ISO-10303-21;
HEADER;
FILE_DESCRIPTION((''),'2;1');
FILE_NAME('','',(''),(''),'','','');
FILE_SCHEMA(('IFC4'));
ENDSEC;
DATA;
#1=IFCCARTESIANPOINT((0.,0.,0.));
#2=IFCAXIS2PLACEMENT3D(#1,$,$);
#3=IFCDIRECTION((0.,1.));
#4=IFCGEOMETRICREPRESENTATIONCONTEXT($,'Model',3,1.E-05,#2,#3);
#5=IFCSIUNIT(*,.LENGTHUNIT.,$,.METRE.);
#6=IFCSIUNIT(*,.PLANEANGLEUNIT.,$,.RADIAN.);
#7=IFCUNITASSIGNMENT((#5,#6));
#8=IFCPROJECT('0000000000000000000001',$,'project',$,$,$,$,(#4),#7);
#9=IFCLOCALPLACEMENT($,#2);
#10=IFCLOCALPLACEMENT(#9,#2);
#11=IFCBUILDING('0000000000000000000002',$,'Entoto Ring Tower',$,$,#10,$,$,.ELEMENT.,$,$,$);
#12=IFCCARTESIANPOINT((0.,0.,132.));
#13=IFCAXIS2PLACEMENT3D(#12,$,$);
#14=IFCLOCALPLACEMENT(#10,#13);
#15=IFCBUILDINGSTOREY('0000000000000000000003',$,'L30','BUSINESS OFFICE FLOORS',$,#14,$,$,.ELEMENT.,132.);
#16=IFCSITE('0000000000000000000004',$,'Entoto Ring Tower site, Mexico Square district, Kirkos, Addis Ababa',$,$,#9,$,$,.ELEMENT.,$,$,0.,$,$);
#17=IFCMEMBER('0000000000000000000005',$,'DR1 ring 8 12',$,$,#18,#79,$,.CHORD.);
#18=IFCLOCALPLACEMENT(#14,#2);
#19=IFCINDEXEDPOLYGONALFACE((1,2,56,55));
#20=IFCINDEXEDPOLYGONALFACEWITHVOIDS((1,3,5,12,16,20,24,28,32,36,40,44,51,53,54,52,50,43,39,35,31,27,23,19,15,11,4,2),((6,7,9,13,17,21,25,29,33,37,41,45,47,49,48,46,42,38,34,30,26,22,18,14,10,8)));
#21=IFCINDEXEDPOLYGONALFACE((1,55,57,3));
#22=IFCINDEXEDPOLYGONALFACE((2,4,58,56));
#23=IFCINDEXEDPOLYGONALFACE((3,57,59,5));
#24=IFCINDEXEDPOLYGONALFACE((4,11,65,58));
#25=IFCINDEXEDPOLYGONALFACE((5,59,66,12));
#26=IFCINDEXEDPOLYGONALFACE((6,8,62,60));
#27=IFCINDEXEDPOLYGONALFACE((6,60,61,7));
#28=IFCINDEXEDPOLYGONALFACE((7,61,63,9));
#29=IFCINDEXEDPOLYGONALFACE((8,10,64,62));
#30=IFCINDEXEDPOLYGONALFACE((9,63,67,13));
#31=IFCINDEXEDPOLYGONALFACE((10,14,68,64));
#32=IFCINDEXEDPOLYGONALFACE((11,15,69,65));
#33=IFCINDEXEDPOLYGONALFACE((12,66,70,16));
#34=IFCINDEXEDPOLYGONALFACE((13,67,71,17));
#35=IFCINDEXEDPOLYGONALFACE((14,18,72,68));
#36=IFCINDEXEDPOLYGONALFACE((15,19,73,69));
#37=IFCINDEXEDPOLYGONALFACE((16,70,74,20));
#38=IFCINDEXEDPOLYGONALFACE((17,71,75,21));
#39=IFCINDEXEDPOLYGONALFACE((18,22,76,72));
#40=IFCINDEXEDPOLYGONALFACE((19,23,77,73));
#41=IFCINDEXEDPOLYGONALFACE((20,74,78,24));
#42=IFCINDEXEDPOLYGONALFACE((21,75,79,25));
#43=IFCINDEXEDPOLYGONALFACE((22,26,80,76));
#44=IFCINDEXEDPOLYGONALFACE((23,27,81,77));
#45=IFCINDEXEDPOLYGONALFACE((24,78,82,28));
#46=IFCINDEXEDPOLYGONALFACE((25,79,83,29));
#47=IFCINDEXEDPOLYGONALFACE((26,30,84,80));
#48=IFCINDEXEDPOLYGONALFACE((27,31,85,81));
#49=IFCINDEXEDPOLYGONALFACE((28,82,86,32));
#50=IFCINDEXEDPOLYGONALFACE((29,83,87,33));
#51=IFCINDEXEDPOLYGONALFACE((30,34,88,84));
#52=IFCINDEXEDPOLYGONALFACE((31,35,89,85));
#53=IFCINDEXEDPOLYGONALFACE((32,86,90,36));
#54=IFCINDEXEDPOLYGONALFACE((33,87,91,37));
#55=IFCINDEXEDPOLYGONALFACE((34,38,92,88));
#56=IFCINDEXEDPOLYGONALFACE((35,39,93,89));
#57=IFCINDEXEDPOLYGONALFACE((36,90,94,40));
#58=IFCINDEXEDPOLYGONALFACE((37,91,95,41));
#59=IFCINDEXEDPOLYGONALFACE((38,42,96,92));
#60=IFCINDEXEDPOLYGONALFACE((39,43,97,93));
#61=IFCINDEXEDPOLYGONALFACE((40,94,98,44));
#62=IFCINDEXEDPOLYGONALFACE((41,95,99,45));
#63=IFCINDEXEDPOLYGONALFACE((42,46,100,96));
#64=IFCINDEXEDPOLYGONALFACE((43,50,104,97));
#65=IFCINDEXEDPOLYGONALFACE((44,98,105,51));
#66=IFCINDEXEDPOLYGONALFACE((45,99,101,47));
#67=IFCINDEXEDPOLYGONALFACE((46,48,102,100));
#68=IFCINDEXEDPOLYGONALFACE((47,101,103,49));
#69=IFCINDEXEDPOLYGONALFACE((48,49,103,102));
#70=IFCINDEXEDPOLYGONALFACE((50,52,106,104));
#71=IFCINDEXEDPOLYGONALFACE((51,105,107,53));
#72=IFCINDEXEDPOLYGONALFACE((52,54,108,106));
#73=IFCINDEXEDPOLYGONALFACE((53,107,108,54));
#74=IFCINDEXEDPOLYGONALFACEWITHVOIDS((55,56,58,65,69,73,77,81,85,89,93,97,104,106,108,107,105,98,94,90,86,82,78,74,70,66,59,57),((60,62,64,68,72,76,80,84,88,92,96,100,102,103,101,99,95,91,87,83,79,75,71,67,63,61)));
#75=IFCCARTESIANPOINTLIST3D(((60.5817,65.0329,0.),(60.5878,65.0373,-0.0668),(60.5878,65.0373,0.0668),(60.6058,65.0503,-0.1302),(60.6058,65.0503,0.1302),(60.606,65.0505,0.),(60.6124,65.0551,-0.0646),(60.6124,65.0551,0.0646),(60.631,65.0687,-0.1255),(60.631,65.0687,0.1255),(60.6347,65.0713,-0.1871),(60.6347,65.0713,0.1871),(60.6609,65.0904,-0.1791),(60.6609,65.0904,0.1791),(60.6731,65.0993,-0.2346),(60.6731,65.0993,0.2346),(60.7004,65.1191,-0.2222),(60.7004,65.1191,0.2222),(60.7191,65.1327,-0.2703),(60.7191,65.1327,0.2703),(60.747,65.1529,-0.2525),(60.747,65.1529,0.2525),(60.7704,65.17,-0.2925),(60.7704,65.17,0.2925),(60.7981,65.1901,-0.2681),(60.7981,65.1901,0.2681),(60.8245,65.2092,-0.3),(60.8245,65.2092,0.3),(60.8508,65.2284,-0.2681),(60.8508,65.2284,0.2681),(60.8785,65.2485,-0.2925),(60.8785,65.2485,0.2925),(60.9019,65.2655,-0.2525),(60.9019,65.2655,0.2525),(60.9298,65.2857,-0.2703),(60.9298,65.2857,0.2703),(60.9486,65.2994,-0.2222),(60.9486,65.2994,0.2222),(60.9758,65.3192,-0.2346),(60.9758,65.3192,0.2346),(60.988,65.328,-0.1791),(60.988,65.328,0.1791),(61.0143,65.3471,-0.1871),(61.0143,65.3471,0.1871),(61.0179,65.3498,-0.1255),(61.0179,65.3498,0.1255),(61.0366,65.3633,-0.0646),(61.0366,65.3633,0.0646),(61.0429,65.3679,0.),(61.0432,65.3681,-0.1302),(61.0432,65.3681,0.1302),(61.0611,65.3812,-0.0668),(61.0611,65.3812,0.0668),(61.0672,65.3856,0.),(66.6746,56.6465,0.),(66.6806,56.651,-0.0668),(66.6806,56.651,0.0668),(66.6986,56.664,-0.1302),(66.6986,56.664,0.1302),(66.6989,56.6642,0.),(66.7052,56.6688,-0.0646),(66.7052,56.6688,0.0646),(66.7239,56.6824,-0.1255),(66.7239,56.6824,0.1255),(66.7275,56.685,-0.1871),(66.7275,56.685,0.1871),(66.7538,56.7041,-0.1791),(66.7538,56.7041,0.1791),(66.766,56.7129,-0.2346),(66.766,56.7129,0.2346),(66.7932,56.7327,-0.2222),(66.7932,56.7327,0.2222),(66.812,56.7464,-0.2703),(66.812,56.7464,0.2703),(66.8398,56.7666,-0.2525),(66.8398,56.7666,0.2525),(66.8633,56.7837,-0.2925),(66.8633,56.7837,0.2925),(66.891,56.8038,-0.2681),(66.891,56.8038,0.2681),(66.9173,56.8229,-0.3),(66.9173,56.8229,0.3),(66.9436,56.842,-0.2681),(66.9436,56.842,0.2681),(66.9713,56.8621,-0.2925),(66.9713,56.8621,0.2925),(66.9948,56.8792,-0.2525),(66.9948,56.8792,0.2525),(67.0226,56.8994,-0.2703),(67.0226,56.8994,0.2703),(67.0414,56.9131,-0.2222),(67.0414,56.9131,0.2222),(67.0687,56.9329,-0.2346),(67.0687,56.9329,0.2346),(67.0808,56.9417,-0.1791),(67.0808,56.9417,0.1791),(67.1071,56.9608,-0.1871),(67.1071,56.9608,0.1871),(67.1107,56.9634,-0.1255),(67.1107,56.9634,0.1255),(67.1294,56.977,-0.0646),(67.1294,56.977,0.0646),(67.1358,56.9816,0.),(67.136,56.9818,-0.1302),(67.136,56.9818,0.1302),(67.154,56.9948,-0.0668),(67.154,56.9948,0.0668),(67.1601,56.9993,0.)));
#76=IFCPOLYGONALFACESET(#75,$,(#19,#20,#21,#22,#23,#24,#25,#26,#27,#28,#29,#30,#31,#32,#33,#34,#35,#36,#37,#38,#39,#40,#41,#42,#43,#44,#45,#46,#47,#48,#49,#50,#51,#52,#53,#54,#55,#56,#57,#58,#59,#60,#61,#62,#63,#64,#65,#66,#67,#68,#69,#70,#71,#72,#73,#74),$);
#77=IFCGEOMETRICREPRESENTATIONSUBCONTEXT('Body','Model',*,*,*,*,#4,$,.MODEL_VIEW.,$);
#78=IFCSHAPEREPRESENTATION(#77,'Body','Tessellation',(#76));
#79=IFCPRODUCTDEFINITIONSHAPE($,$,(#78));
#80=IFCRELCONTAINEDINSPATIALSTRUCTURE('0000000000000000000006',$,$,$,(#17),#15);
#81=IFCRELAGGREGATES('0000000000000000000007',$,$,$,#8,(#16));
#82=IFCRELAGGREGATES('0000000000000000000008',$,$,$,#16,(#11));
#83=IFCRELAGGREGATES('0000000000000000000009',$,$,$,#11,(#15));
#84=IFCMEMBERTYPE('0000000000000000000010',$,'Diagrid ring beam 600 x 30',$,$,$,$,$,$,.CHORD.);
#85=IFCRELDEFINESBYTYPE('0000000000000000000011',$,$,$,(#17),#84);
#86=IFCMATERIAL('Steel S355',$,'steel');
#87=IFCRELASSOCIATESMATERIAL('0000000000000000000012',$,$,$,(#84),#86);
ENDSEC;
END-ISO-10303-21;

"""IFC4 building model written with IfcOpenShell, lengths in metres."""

from ifc_helpers import new_model, si_unit, direction, frame, origin, origin_2d, place, context, subcontext, project, spatial, circle, hollow_circle, extrude, material, material_profile, profile_set, type_object, element, save


model = new_model("IFC4")

# Units and contexts
model_context = context("Model", 3, precision=1e-05, world=origin(), true_north=direction((0.0, 1.0)))
body_context = subcontext(model_context, "Body", "Model", "MODEL_VIEW")
ifc_project = project(units=[si_unit("LENGTHUNIT", "METRE"), si_unit("PLANEANGLEUNIT", "RADIAN")], contexts=[model_context])

# Site, building, storey
site_placement = place(None, origin())
site = spatial("IfcSite", under=ifc_project, at=site_placement, Name="Entoto Ring Tower site, Mexico Square district, Kirkos, Addis Ababa", CompositionType="ELEMENT", RefElevation=0.0)
building_placement = place(site_placement, origin())
building = spatial("IfcBuilding", under=site, at=building_placement, Name="Entoto Ring Tower", CompositionType="ELEMENT")
storey_placement = place(building_placement, frame((0.0, 0.0, 132.0)))
storey = spatial("IfcBuildingStorey", under=building, at=storey_placement, Name="L30", Description="BUSINESS OFFICE FLOORS", CompositionType="ELEMENT", Elevation=132.0)

# Member
ifc_material_1 = material(Name="Steel S355", Category="steel")
ifc_material_profile_1 = material_profile(ifc_material_1, hollow_circle(Radius=0.3, WallThickness=0.03, at=origin_2d()), Name="CHS 600 x 30")
ifc_material_2 = material(Name="Concrete C60/75", Category="concrete")
ifc_material_profile_2 = material_profile(ifc_material_2, circle(Radius=0.27, at=origin_2d()), Name="Concrete C60/75 infill")
ifc_profile_set = profile_set([ifc_material_profile_1, ifc_material_profile_2], Name="Steel S355")
member_type = type_object("IfcMemberType", Name="Diagrid ring beam 600 x 30", PredefinedType="CHORD", material=ifc_profile_set)
member_placement = place(storey_placement, frame((60.8245, 65.2092, 0.0), z_axis=(0.587774, -0.809025, 0.0), x_axis=(0.809025, 0.587774, 0.0)))
element("IfcMember", 1, at=member_placement, inside=storey, type_object=member_type, Name="DR1 ring 8 12", PredefinedType="CHORD", context=body_context, shape_type="SweptSolid", body=[
    extrude(hollow_circle(Radius=0.3, WallThickness=0.03, at=origin_2d()), origin(), (0.0, 0.0, 1.0), 10.366),
])

save(model, "model.ifc")
